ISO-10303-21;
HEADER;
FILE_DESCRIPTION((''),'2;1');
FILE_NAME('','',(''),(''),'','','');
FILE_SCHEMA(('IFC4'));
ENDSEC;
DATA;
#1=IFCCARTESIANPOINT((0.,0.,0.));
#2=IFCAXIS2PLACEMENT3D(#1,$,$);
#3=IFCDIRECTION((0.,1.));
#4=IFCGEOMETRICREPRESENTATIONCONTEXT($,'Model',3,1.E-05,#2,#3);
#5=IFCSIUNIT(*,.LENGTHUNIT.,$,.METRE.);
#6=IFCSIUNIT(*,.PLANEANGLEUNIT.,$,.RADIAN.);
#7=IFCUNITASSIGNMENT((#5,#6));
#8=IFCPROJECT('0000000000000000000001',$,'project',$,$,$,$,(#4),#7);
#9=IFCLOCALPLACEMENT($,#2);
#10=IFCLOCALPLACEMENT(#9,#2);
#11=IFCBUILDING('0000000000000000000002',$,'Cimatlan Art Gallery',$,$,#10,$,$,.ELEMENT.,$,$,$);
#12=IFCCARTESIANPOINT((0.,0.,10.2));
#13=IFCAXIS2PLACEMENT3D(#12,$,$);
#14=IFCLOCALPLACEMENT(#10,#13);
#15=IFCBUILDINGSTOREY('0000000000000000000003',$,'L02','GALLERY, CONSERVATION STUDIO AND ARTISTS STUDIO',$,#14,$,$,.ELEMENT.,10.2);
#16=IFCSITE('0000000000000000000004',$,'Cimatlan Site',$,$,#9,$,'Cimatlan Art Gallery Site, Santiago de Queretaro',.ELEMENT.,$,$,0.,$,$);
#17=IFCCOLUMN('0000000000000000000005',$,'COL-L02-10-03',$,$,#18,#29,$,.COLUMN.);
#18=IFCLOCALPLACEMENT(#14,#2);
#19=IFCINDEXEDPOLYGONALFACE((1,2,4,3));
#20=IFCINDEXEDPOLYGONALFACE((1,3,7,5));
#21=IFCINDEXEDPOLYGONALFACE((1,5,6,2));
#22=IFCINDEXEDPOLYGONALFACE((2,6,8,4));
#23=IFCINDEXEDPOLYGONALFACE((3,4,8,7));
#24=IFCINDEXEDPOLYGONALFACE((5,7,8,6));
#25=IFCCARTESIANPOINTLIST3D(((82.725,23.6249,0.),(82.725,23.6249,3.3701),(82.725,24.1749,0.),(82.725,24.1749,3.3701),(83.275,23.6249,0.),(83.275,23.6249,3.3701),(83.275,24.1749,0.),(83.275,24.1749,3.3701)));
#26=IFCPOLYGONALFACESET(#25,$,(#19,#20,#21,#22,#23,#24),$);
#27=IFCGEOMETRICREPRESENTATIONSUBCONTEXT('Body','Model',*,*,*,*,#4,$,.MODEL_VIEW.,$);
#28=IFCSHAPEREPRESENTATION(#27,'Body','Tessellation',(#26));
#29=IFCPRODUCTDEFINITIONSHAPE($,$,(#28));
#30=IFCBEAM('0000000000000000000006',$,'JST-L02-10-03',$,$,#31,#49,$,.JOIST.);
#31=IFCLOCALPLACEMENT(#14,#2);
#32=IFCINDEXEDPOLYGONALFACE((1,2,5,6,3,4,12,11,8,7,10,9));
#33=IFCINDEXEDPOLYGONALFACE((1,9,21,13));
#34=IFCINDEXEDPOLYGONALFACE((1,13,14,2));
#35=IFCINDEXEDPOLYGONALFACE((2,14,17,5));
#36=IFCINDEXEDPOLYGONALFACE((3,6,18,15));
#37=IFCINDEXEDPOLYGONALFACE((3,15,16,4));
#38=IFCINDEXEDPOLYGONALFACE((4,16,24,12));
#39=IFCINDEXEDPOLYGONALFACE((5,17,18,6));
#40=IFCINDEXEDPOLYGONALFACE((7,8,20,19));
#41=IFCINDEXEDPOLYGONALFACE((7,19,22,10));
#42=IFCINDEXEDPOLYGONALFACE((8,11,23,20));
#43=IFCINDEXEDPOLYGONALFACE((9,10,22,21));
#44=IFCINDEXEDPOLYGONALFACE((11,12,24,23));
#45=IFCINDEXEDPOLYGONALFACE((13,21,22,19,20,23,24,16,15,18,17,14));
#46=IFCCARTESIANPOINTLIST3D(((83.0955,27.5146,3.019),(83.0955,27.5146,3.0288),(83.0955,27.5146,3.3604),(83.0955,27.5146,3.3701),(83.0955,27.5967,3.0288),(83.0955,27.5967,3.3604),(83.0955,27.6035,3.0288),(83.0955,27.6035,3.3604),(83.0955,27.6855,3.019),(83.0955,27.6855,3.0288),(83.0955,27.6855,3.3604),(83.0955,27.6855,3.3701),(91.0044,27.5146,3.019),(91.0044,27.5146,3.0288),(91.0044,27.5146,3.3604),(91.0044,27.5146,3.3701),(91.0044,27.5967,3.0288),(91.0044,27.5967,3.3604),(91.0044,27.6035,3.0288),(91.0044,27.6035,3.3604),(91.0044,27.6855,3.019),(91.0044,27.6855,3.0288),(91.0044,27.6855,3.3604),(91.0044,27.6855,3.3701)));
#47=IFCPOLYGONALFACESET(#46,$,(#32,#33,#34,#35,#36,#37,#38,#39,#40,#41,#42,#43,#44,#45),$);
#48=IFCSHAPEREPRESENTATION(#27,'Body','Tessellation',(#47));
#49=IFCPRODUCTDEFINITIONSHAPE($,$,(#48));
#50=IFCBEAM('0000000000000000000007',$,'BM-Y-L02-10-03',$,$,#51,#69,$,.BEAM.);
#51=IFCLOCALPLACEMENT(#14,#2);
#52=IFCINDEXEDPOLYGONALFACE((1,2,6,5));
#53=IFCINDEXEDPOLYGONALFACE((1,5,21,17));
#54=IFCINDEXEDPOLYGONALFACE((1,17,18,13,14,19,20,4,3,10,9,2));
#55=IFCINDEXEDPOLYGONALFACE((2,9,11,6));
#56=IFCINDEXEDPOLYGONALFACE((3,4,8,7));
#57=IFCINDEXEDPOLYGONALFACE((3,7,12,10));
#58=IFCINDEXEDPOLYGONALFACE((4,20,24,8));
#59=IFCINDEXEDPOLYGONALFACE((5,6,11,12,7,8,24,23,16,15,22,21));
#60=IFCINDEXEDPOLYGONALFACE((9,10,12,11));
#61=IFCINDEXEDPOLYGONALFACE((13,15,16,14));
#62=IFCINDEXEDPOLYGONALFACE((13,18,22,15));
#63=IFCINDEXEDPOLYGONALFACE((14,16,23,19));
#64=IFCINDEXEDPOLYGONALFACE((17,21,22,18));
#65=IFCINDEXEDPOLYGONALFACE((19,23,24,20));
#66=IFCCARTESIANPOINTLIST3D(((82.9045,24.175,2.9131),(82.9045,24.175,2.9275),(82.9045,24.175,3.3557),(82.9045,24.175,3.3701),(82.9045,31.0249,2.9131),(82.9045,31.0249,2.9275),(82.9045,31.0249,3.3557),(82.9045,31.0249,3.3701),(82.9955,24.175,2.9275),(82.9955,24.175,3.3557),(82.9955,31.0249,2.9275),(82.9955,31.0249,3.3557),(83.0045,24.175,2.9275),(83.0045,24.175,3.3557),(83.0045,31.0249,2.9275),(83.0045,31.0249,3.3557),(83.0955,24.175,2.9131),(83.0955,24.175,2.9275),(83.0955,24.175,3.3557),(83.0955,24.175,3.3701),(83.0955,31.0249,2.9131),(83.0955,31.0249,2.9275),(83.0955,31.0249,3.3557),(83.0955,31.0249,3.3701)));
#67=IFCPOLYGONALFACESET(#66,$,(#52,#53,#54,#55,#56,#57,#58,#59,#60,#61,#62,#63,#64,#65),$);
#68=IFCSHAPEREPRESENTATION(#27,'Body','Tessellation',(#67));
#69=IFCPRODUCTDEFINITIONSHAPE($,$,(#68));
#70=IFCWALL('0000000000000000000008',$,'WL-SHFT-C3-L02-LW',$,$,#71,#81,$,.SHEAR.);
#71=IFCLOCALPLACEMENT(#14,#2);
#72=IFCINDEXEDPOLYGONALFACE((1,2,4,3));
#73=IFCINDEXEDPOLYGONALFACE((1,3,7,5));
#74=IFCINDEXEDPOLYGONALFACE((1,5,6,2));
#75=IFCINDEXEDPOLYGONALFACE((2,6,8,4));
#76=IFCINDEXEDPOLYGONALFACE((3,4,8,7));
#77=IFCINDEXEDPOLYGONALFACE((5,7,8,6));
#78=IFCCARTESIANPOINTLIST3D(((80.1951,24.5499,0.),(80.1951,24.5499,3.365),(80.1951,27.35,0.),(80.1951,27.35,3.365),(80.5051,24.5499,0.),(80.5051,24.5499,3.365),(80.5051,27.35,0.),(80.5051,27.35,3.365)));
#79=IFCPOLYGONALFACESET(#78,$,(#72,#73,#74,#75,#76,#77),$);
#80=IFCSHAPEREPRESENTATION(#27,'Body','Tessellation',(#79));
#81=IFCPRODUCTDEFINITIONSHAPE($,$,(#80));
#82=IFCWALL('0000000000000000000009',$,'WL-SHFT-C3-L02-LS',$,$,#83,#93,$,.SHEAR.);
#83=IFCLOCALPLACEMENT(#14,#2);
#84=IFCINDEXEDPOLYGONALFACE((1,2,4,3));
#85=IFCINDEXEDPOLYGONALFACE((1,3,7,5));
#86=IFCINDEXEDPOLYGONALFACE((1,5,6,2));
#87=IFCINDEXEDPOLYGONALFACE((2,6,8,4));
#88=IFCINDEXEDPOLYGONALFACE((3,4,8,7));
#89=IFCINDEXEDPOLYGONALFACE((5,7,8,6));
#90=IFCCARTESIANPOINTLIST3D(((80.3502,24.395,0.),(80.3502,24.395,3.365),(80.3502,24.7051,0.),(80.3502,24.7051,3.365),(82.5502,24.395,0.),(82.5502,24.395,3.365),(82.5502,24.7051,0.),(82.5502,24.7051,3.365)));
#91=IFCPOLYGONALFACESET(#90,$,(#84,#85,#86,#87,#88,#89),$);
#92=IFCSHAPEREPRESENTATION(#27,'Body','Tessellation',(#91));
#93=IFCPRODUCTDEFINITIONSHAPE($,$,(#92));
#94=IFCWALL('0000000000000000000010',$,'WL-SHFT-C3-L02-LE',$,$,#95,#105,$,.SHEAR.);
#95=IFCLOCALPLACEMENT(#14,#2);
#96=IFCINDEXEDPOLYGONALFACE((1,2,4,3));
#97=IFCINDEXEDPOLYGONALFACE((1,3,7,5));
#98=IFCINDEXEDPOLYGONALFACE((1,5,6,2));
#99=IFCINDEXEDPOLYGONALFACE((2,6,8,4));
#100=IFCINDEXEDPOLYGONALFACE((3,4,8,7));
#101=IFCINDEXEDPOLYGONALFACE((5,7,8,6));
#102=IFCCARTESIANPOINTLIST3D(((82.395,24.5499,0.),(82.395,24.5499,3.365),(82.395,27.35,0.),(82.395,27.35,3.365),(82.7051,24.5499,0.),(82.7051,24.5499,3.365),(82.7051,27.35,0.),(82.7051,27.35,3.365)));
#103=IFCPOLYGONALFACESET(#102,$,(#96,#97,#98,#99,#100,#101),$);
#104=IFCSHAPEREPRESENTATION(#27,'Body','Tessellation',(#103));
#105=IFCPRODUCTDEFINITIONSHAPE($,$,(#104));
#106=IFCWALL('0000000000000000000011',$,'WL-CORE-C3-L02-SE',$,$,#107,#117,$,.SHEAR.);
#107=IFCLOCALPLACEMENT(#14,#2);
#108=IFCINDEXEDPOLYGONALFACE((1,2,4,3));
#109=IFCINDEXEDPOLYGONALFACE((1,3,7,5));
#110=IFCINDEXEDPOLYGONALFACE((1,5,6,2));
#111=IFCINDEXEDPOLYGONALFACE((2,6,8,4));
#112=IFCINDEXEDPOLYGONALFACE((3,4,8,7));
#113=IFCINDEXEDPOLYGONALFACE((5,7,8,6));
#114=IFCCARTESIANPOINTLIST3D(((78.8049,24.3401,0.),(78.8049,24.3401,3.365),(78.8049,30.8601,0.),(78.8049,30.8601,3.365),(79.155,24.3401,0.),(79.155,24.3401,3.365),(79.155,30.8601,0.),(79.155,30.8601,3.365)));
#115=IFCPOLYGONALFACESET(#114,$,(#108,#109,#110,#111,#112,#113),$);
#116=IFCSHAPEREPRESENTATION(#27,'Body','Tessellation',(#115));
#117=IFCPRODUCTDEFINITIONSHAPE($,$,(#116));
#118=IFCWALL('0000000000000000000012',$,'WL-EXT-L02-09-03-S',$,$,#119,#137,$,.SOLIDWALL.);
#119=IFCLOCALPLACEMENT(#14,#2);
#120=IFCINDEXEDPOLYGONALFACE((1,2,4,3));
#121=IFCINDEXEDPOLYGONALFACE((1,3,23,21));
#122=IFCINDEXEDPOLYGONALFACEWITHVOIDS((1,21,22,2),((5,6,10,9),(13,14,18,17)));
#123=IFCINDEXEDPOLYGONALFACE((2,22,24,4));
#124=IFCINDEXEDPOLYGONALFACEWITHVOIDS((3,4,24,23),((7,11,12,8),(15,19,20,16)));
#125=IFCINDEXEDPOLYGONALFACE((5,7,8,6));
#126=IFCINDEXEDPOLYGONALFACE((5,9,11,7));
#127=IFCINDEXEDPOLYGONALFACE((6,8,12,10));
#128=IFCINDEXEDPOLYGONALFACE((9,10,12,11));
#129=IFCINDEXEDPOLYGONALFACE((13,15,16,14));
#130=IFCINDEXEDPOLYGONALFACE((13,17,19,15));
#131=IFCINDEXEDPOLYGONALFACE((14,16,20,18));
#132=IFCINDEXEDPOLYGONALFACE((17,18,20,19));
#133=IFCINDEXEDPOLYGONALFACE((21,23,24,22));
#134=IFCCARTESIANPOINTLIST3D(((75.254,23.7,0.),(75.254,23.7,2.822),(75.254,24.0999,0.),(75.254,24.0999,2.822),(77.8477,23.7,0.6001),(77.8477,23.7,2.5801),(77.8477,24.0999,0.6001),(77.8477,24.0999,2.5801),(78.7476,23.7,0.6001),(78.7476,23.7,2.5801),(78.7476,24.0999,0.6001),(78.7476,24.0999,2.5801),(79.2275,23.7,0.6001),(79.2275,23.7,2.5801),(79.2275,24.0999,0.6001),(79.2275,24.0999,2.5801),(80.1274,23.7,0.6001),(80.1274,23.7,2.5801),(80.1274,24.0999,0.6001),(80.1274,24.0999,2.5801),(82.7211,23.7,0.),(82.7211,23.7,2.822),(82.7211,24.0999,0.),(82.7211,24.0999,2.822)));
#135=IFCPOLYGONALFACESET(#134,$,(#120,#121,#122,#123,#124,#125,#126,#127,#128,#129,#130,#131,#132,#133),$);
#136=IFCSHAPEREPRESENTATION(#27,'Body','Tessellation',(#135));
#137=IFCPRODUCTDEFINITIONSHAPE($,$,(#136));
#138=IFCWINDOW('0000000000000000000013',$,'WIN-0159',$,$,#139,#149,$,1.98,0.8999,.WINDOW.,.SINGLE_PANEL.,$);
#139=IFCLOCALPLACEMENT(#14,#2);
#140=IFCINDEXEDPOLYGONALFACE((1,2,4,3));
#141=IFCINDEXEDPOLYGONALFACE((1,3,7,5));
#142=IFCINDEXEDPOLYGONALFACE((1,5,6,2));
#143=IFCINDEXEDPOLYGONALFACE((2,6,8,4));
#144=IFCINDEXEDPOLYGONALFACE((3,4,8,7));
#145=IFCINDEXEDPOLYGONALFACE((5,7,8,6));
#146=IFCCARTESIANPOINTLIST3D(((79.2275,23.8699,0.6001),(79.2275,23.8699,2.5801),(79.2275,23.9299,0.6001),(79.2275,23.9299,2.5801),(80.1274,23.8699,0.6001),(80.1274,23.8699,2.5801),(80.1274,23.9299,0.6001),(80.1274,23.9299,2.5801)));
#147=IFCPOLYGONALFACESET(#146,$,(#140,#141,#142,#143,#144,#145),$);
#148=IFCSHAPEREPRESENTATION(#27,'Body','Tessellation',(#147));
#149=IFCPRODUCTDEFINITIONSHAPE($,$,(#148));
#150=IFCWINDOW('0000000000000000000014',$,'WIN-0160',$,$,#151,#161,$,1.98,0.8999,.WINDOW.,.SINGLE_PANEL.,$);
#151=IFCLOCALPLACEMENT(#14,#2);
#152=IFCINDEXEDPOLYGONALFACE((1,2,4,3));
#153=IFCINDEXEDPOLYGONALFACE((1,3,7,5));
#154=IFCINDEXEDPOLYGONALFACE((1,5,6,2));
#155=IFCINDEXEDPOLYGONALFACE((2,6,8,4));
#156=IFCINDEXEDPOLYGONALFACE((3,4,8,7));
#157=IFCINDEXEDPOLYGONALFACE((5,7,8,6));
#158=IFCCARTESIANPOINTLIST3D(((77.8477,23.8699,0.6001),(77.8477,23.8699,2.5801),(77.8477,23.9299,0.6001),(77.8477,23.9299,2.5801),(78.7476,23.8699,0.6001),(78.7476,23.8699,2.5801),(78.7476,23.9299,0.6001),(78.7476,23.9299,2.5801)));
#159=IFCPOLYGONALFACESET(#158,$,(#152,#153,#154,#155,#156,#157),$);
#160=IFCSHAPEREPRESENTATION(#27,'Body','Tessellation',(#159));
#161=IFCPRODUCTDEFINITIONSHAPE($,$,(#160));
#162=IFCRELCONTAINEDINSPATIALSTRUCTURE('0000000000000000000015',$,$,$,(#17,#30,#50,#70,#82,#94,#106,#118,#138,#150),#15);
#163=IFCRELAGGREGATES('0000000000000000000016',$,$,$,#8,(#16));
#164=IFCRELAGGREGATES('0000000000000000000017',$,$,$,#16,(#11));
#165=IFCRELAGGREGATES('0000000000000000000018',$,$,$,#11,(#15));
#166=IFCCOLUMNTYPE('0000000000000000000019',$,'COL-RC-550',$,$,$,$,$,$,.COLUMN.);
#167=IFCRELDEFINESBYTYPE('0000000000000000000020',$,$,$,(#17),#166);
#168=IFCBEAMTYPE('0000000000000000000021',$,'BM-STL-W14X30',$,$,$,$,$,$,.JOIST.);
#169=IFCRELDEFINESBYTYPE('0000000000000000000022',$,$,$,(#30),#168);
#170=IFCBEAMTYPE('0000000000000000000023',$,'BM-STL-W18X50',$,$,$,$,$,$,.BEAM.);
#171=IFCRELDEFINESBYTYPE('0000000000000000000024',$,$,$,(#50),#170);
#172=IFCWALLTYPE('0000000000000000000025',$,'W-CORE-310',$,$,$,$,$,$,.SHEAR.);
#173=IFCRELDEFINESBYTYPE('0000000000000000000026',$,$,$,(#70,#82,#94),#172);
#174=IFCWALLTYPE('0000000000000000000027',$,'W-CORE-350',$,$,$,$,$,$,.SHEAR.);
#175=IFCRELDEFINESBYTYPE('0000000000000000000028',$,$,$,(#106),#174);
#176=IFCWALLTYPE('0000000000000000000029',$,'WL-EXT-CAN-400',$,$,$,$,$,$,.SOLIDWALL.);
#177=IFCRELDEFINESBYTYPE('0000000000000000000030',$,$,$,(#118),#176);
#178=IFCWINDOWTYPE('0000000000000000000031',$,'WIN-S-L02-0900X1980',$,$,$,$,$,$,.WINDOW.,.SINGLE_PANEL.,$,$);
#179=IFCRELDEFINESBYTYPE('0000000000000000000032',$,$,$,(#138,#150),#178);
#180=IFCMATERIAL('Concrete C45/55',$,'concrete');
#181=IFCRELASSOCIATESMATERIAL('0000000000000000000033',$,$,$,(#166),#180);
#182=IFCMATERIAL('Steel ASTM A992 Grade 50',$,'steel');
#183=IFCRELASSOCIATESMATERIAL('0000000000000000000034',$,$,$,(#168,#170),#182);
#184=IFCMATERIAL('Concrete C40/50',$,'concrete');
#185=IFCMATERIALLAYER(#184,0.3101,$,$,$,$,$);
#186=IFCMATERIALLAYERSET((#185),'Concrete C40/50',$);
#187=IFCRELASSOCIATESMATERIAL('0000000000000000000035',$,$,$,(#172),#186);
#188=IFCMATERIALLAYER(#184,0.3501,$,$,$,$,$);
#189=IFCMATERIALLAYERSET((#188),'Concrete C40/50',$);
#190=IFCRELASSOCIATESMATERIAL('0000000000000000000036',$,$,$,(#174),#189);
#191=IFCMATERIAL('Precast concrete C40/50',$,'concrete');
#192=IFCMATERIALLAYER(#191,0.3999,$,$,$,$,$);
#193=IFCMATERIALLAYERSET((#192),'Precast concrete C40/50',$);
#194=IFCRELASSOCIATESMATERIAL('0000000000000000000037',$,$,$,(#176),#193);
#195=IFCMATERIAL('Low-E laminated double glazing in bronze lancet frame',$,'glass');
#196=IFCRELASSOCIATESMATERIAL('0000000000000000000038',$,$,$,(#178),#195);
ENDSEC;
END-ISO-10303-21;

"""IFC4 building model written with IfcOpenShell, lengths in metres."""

from ifc_helpers import new_model, si_unit, direction, frame, frame_2d, origin, origin_2d, place, context, subcontext, project, spatial, rectangle, i_section, extrude, material, layer, layer_set, material_profile, profile_set, type_object, element, fill, save


model = new_model("IFC4")

# Units and contexts
model_context = context("Model", 3, precision=1e-05, world=origin(), true_north=direction((0.0, 1.0)))
body_context = subcontext(model_context, "Body", "Model", "MODEL_VIEW")
ifc_project = project(units=[si_unit("LENGTHUNIT", "METRE"), si_unit("PLANEANGLEUNIT", "RADIAN")], contexts=[model_context])

# Site, building, storey
site_placement = place(None, origin())
site = spatial("IfcSite", under=ifc_project, at=site_placement, Name="Cimatlan Site", LongName="Cimatlan Art Gallery Site, Santiago de Queretaro", CompositionType="ELEMENT", RefElevation=0.0)
building_placement = place(site_placement, origin())
building = spatial("IfcBuilding", under=site, at=building_placement, Name="Cimatlan Art Gallery", CompositionType="ELEMENT")
storey_placement = place(building_placement, frame((0.0, 0.0, 10.2)))
storey = spatial("IfcBuildingStorey", under=building, at=storey_placement, Name="L02", Description="GALLERY, CONSERVATION STUDIO AND ARTISTS STUDIO", CompositionType="ELEMENT", Elevation=10.2)

# Column
ifc_material_1 = material(Name="Concrete C45/55", Category="concrete")
ifc_material_profile_1 = material_profile(ifc_material_1, rectangle(XDim=0.55, YDim=0.55, at=origin_2d()), Name="RC550X550")
ifc_profile_set_1 = profile_set([ifc_material_profile_1], Name="Concrete C45/55")
column_type = type_object("IfcColumnType", Name="COL-RC-550", PredefinedType="COLUMN", material=ifc_profile_set_1)
column_placement = place(storey_placement, frame((83.0, 23.8999, 0.0), z_axis=(0.0, 0.0, 1.0), x_axis=(1.0, 0.0, 0.0)))
element("IfcColumn", 1, at=column_placement, inside=storey, type_object=column_type, Name="COL-L02-10-03", PredefinedType="COLUMN", context=body_context, shape_type="SweptSolid", body=[
    extrude(rectangle(XDim=0.55, YDim=0.55, at=origin_2d()), origin(), (0.0, 0.0, 1.0), 3.3701),
])

# Beams
ifc_material_2 = material(Name="Steel ASTM A992 Grade 50", Category="steel")
ifc_material_profile_2 = material_profile(ifc_material_2, i_section(OverallWidth=0.1709, OverallDepth=0.3511, WebThickness=0.0068, FlangeThickness=0.0098, at=origin_2d()), Name="W14X30")
ifc_profile_set_2 = profile_set([ifc_material_profile_2], Name="Steel ASTM A992 Grade 50")
beam_type_1 = type_object("IfcBeamType", Name="BM-STL-W14X30", PredefinedType="JOIST", material=ifc_profile_set_2)
beam_1_placement = place(storey_placement, frame((83.0955, 27.6001, 3.1946), z_axis=(1.0, 0.0, 0.0), x_axis=(0.0, 1.0, 0.0)))
element("IfcBeam", 2, at=beam_1_placement, inside=storey, type_object=beam_type_1, Name="JST-L02-10-03", PredefinedType="JOIST", context=body_context, shape_type="SweptSolid", body=[
    extrude(i_section(OverallWidth=0.1709, OverallDepth=0.3511, WebThickness=0.0068, FlangeThickness=0.0098, at=origin_2d()), origin(), (0.0, 0.0, 1.0), 7.9089),
])
ifc_material_profile_3 = material_profile(ifc_material_2, i_section(OverallWidth=0.1909, OverallDepth=0.457, WebThickness=0.009, FlangeThickness=0.0144, at=origin_2d()), Name="W18X50")
ifc_profile_set_3 = profile_set([ifc_material_profile_3], Name="Steel ASTM A992 Grade 50")
beam_type_2 = type_object("IfcBeamType", Name="BM-STL-W18X50", PredefinedType="BEAM", material=ifc_profile_set_3)
beam_2_placement = place(storey_placement, frame((83.0, 24.175, 3.1416), z_axis=(0.0, 1.0, 0.0), x_axis=(-1.0, 0.0, 0.0)))
element("IfcBeam", 3, at=beam_2_placement, inside=storey, type_object=beam_type_2, Name="BM-Y-L02-10-03", PredefinedType="BEAM", context=body_context, shape_type="SweptSolid", body=[
    extrude(i_section(OverallWidth=0.1909, OverallDepth=0.457, WebThickness=0.009, FlangeThickness=0.0144, at=origin_2d()), origin(), (0.0, 0.0, 1.0), 6.8499),
])

# Walls
ifc_material_3 = material(Name="Concrete C40/50", Category="concrete")
ifc_layer_1 = layer(ifc_material_3, 0.3101)
ifc_layer_set_1 = layer_set([ifc_layer_1], Name="Concrete C40/50")
wall_type_1 = type_object("IfcWallType", Name="W-CORE-310", PredefinedType="SHEAR", material=ifc_layer_set_1)
wall_1_placement = place(storey_placement, frame((80.3501, 24.55, 0.0), z_axis=(0.0, 0.0, 1.0), x_axis=(0.0, 1.0, 0.0)))
element("IfcWall", 4, at=wall_1_placement, inside=storey, type_object=wall_type_1, Name="WL-SHFT-C3-L02-LW", PredefinedType="SHEAR", context=body_context, shape_type="SweptSolid", body=[
    extrude(rectangle(XDim=2.8, YDim=0.3101, at=frame_2d((1.3999, 0.0))), origin(), (0.0, 0.0, 1.0), 3.365),
])
wall_2_placement = place(storey_placement, frame((80.3501, 24.55, 0.0), z_axis=(0.0, 0.0, 1.0), x_axis=(1.0, 0.0, 0.0)))
element("IfcWall", 5, at=wall_2_placement, inside=storey, type_object=wall_type_1, Name="WL-SHFT-C3-L02-LS", PredefinedType="SHEAR", context=body_context, shape_type="SweptSolid", body=[
    extrude(rectangle(XDim=2.2, YDim=0.3101, at=frame_2d((1.1001, 0.0))), origin(), (0.0, 0.0, 1.0), 3.365),
])
wall_3_placement = place(storey_placement, frame((82.55, 24.55, 0.0), z_axis=(0.0, 0.0, 1.0), x_axis=(0.0, 1.0, 0.0)))
element("IfcWall", 6, at=wall_3_placement, inside=storey, type_object=wall_type_1, Name="WL-SHFT-C3-L02-LE", PredefinedType="SHEAR", context=body_context, shape_type="SweptSolid", body=[
    extrude(rectangle(XDim=2.8, YDim=0.3101, at=frame_2d((1.3999, 0.0))), origin(), (0.0, 0.0, 1.0), 3.365),
])

# Wall
ifc_layer_2 = layer(ifc_material_3, 0.3501)
ifc_layer_set_2 = layer_set([ifc_layer_2], Name="Concrete C40/50")
wall_type_2 = type_object("IfcWallType", Name="W-CORE-350", PredefinedType="SHEAR", material=ifc_layer_set_2)
wall_4_placement = place(storey_placement, frame((78.98, 24.3401, 0.0), z_axis=(0.0, 0.0, 1.0), x_axis=(0.0, 1.0, 0.0)))
element("IfcWall", 7, at=wall_4_placement, inside=storey, type_object=wall_type_2, Name="WL-CORE-C3-L02-SE", PredefinedType="SHEAR", context=body_context, shape_type="SweptSolid", body=[
    extrude(rectangle(XDim=6.52, YDim=0.3501, at=frame_2d((3.26, 0.0))), origin(), (0.0, 0.0, 1.0), 3.365),
])

# Wall, openings, windows
ifc_material_4 = material(Name="Precast concrete C40/50", Category="concrete")
ifc_layer_3 = layer(ifc_material_4, 0.3999)
ifc_layer_set_3 = layer_set([ifc_layer_3], Name="Precast concrete C40/50")
wall_type_3 = type_object("IfcWallType", Name="WL-EXT-CAN-400", PredefinedType="SOLIDWALL", material=ifc_layer_set_3)
wall_5_placement = place(storey_placement, frame((82.7209, 23.8999, 0.0), z_axis=(0.0, 0.0, 1.0), x_axis=(-1.0, 0.0, 0.0)))
wall_5 = element("IfcWall", 8, at=wall_5_placement, inside=storey, type_object=wall_type_3, Name="WL-EXT-L02-09-03-S", PredefinedType="SOLIDWALL", context=body_context, shape_type="SweptSolid", body=[
    extrude(rectangle(XDim=7.467, YDim=0.3999, at=frame_2d((3.7334, 0.0))), origin(), (0.0, 0.0, 1.0), 2.822),
])
opening_1_placement = place(wall_5_placement, frame((2.5935, 0.0, 0.6001)))
opening_1 = element("IfcOpeningElement", 9, at=opening_1_placement, cuts=wall_5, PredefinedType="OPENING", context=body_context, shape_type="SweptSolid", body=[
    extrude(rectangle(XDim=0.8999, YDim=1.98, at=frame_2d((0.45, 0.99))), frame((0.0, 0.21, 0.0), z_axis=(0.0, -1.0, 0.0), x_axis=(1.0, 0.0, 0.0)), (0.0, 0.0, 1.0), 0.4199),
])
opening_2_placement = place(wall_5_placement, frame((3.9734, 0.0, 0.6001)))
opening_2 = element("IfcOpeningElement", 10, at=opening_2_placement, cuts=wall_5, PredefinedType="OPENING", context=body_context, shape_type="SweptSolid", body=[
    extrude(rectangle(XDim=0.8999, YDim=1.98, at=frame_2d((0.45, 0.99))), frame((0.0, 0.21, 0.0), z_axis=(0.0, -1.0, 0.0), x_axis=(1.0, 0.0, 0.0)), (0.0, 0.0, 1.0), 0.4199),
])
ifc_material_5 = material(Name="Low-E laminated double glazing in bronze lancet frame", Category="glass")
window_type = type_object("IfcWindowType", Name="WIN-S-L02-0900X1980", PartitioningType="SINGLE_PANEL", PredefinedType="WINDOW", material=ifc_material_5)
window_1_placement = place(opening_1_placement, origin())
window_1 = element("IfcWindow", 11, at=window_1_placement, inside=storey, type_object=window_type, Name="WIN-0159", OverallHeight=1.98, OverallWidth=0.8999, PartitioningType="SINGLE_PANEL", PredefinedType="WINDOW", context=body_context, shape_type="SweptSolid", body=[
    extrude(rectangle(XDim=0.8999, YDim=1.98, at=frame_2d((0.45, 0.99))), frame((0.0, 0.03, 0.0), z_axis=(0.0, -1.0, 0.0), x_axis=(1.0, 0.0, 0.0)), (0.0, 0.0, 1.0), 0.0601),
])
fill(opening_1, window_1)
window_2_placement = place(opening_2_placement, origin())
window_2 = element("IfcWindow", 12, at=window_2_placement, inside=storey, type_object=window_type, Name="WIN-0160", OverallHeight=1.98, OverallWidth=0.8999, PartitioningType="SINGLE_PANEL", PredefinedType="WINDOW", context=body_context, shape_type="SweptSolid", body=[
    extrude(rectangle(XDim=0.8999, YDim=1.98, at=frame_2d((0.45, 0.99))), frame((0.0, 0.03, 0.0), z_axis=(0.0, -1.0, 0.0), x_axis=(1.0, 0.0, 0.0)), (0.0, 0.0, 1.0), 0.0601),
])
fill(opening_2, window_2)

save(model, "model.ifc")
